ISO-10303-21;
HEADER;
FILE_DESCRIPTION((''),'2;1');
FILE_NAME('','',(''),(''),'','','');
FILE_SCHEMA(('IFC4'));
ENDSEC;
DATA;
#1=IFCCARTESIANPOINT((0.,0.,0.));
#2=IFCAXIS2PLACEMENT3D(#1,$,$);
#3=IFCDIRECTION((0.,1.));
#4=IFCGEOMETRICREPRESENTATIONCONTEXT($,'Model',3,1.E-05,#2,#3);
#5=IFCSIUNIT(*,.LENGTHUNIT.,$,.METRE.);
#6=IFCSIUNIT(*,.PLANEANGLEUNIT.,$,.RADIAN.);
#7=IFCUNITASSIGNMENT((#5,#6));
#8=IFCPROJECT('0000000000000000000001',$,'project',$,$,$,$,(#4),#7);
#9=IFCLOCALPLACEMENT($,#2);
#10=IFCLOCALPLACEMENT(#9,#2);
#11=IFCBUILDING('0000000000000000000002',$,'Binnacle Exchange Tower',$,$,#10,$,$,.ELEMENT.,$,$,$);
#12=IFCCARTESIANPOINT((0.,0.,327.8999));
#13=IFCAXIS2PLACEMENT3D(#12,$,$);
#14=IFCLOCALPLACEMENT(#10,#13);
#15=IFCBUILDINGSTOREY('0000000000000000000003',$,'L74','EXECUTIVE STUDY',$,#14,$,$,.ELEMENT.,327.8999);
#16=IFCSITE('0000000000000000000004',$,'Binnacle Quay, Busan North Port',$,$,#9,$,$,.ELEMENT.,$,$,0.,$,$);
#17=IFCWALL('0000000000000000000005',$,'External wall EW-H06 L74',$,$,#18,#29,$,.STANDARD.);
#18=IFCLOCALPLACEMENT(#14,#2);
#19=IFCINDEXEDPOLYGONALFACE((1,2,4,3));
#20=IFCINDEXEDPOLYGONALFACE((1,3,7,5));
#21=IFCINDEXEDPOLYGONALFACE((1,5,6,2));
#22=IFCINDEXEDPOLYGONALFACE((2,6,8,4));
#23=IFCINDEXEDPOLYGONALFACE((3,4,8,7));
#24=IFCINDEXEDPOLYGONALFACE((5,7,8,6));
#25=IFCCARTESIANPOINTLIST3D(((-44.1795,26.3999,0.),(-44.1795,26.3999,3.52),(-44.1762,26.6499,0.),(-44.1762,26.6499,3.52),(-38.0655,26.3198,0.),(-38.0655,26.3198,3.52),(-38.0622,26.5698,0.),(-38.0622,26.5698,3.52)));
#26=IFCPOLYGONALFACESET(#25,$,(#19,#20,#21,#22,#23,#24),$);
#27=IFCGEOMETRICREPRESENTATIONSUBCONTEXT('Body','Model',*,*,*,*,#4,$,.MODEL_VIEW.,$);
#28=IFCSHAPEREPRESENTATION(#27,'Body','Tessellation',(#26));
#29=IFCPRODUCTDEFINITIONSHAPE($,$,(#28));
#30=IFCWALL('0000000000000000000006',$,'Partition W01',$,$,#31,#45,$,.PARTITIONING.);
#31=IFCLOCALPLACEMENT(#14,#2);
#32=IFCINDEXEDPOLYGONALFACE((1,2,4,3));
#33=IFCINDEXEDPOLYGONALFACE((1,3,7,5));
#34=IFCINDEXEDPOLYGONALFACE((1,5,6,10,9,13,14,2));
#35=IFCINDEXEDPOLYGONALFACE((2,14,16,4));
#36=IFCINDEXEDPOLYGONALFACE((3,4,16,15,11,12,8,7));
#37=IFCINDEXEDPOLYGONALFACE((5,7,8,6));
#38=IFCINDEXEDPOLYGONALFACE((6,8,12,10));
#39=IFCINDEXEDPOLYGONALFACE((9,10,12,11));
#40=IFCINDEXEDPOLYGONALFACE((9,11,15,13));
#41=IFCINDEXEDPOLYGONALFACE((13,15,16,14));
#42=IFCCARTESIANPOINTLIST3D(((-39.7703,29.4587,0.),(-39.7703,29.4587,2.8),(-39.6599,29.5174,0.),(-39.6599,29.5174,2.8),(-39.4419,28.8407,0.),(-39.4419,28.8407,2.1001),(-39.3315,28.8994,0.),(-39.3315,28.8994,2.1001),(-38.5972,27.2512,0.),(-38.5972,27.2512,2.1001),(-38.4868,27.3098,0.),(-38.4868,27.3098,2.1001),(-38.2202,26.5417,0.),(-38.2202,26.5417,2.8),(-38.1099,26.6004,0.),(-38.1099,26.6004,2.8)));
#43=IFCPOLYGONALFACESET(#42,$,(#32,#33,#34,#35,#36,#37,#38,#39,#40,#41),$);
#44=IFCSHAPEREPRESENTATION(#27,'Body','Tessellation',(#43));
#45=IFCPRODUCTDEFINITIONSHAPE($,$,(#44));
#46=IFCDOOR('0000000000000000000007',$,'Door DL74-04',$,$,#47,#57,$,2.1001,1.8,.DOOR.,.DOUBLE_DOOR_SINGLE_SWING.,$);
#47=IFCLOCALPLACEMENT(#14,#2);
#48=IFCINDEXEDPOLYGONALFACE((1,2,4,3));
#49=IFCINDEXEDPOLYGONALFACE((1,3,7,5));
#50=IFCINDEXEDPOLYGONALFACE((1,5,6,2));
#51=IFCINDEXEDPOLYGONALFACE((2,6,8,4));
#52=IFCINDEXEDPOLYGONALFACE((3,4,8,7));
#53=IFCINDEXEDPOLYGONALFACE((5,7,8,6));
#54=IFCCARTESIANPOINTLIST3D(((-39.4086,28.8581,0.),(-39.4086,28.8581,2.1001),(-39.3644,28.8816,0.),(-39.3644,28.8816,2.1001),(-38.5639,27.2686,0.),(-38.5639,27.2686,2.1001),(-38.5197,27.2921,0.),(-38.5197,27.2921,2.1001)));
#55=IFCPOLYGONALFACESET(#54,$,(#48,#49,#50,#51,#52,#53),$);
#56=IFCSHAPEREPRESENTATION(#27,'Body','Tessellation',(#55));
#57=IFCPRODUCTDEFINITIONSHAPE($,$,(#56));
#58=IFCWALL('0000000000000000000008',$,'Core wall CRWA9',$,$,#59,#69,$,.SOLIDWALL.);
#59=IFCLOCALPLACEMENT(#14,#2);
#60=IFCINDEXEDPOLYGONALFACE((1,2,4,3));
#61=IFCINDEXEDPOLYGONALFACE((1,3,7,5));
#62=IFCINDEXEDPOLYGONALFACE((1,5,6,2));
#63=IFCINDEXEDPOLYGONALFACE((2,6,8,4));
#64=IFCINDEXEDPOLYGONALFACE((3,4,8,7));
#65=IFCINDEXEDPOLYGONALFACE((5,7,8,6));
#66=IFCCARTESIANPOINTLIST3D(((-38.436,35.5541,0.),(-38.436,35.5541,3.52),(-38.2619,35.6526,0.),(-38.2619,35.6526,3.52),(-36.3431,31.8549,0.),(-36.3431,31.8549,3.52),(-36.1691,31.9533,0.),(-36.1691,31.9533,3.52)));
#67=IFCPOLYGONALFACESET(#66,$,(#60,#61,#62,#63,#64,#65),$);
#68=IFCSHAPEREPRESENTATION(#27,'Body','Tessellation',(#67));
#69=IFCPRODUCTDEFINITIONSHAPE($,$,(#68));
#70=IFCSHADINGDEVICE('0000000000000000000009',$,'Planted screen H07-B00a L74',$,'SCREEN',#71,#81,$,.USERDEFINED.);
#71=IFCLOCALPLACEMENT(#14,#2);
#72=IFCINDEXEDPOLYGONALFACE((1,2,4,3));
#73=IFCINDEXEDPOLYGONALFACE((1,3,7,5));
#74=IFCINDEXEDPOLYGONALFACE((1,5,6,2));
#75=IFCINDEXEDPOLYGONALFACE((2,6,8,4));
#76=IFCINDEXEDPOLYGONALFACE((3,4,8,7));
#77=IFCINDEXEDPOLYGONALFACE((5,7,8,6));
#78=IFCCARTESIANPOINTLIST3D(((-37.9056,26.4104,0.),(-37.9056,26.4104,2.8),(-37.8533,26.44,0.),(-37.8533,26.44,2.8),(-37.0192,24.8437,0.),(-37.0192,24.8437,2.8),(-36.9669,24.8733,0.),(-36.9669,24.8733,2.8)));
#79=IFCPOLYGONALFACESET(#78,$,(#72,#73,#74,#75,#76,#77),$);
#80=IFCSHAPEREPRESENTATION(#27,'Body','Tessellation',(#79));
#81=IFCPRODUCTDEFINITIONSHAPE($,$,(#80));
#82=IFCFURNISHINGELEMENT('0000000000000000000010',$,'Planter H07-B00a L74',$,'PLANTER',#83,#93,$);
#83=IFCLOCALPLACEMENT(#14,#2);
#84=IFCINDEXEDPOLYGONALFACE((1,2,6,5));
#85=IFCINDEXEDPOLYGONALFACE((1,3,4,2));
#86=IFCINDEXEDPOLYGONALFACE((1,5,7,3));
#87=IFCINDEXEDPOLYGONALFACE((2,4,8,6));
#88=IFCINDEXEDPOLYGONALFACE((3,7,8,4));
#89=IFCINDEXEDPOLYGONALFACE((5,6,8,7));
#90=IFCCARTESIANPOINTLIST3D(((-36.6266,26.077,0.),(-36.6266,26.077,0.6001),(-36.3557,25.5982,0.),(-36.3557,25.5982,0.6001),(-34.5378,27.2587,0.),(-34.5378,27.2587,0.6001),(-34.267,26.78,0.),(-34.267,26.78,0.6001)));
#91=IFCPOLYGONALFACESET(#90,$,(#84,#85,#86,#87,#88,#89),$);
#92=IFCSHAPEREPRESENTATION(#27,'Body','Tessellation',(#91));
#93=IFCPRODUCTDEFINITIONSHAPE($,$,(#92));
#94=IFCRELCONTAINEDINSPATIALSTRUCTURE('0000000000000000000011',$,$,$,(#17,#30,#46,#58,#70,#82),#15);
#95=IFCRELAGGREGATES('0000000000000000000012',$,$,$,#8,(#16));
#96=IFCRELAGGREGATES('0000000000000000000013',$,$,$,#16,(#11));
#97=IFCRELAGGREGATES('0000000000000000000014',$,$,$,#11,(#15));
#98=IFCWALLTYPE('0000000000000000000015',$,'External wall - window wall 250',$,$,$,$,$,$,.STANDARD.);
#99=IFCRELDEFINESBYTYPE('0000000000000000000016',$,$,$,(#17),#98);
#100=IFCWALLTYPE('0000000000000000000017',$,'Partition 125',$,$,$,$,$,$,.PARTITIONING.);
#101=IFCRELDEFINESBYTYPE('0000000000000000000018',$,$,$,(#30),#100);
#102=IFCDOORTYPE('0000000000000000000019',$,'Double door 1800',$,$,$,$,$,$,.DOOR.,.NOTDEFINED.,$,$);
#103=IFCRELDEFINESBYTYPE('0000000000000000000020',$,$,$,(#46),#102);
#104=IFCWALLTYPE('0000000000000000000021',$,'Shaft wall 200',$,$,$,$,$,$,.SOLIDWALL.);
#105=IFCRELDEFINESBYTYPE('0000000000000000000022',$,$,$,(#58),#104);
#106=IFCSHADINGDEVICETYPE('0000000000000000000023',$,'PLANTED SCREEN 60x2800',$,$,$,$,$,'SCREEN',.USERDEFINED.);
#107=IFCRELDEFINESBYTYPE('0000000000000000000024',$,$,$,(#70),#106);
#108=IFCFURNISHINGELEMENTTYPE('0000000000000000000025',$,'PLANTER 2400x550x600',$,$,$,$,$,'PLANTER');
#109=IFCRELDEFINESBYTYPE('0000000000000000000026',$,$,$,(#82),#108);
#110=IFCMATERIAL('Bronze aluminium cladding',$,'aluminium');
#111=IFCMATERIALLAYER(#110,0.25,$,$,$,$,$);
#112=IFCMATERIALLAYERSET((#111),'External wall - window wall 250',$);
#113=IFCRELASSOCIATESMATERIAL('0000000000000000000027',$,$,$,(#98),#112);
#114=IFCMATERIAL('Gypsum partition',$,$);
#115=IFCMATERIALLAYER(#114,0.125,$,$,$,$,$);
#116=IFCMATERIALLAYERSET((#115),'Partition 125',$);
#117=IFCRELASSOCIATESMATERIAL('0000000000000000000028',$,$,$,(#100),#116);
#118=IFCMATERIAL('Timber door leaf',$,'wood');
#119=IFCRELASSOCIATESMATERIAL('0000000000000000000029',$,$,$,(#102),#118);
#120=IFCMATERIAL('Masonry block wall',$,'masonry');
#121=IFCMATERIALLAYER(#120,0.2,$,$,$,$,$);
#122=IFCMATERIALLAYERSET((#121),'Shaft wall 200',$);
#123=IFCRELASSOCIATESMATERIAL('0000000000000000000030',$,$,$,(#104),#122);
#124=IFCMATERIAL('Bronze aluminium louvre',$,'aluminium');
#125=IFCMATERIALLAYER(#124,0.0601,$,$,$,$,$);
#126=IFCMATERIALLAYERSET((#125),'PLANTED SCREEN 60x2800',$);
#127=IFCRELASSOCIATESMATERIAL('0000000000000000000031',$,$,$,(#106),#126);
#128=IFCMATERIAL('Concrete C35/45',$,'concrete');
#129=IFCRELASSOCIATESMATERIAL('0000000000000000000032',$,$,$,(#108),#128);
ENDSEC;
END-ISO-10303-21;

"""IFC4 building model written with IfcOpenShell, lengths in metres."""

from ifc_helpers import new_model, si_unit, direction, frame, frame_2d, origin, origin_2d, place, context, subcontext, project, spatial, rectangle, extrude, material, layer, layer_set, type_object, element, fill, save


model = new_model("IFC4")

# Units and contexts
model_context = context("Model", 3, precision=1e-05, world=origin(), true_north=direction((0.0, 1.0)))
body_context = subcontext(model_context, "Body", "Model", "MODEL_VIEW")
ifc_project = project(units=[si_unit("LENGTHUNIT", "METRE"), si_unit("PLANEANGLEUNIT", "RADIAN")], contexts=[model_context])

# Site, building, storey
site_placement = place(None, origin())
site = spatial("IfcSite", under=ifc_project, at=site_placement, Name="Binnacle Quay, Busan North Port", CompositionType="ELEMENT", RefElevation=0.0)
building_placement = place(site_placement, origin())
building = spatial("IfcBuilding", under=site, at=building_placement, Name="Binnacle Exchange Tower", CompositionType="ELEMENT")
storey_placement = place(building_placement, frame((0.0, 0.0, 327.8999)))
storey = spatial("IfcBuildingStorey", under=building, at=storey_placement, Name="L74", Description="EXECUTIVE STUDY", CompositionType="ELEMENT", Elevation=327.8999)

# Shared definitions
ifc_material_1 = material(Name="Bronze aluminium cladding", Category="aluminium")
ifc_layer_1 = layer(ifc_material_1, 0.25)
ifc_layer_set_1 = layer_set([ifc_layer_1], Name="External wall - window wall 250")
wall_type_1 = type_object("IfcWallType", Name="External wall - window wall 250", PredefinedType="STANDARD", material=ifc_layer_set_1)

# Wall
wall_1_placement = place(storey_placement, frame((-38.064, 26.4448, 0.0), z_axis=(0.0, 0.0, 1.0), x_axis=(-0.999914, 0.013096, 0.0)))
element("IfcWall", 1, at=wall_1_placement, inside=storey, type_object=wall_type_1, Name="External wall EW-H06 L74", PredefinedType="STANDARD", context=body_context, shape_type="SweptSolid", body=[
    extrude(rectangle(XDim=6.1145, YDim=0.25, at=frame_2d((3.0571, 0.0))), origin(), (0.0, 0.0, 1.0), 3.52),
])

# Wall, opening, door
ifc_material_2 = material(Name="Gypsum partition")
ifc_layer_2 = layer(ifc_material_2, 0.125)
ifc_layer_set_2 = layer_set([ifc_layer_2], Name="Partition 125")
wall_type_2 = type_object("IfcWallType", Name="Partition 125", PredefinedType="PARTITIONING", material=ifc_layer_set_2)
wall_2_placement = place(storey_placement, frame((-39.7151, 29.488, 0.0), z_axis=(0.0, 0.0, 1.0), x_axis=(0.469249, -0.883066, 0.0)))
wall_2 = element("IfcWall", 2, at=wall_2_placement, inside=storey, type_object=wall_type_2, Name="Partition W01", PredefinedType="PARTITIONING", context=body_context, shape_type="SweptSolid", body=[
    extrude(rectangle(XDim=3.3032, YDim=0.125, at=frame_2d((1.6516, 0.0))), origin(), (0.0, 0.0, 1.0), 2.8),
])
opening_1_placement = place(wall_2_placement, frame((0.7, 0.0, 0.0)))
opening_1 = element("IfcOpeningElement", 3, at=opening_1_placement, cuts=wall_2, PredefinedType="OPENING", context=body_context, shape_type="SweptSolid", body=[
    extrude(rectangle(XDim=1.8, YDim=2.1001, at=frame_2d((0.8999, 1.05))), frame((0.0, 0.0725, 0.0), z_axis=(0.0, -1.0, 0.0), x_axis=(1.0, 0.0, 0.0)), (0.0, 0.0, 1.0), 0.145),
])
ifc_material_3 = material(Name="Timber door leaf", Category="wood")
door_type_1 = type_object("IfcDoorType", Name="Double door 1800", OperationType="NOTDEFINED", PredefinedType="DOOR", material=ifc_material_3)
door_1_placement = place(opening_1_placement, frame((1.8, 0.0, 0.0), z_axis=(0.0, 0.0, 1.0), x_axis=(-1.0, 0.0, 0.0)))
door_1 = element("IfcDoor", 4, at=door_1_placement, inside=storey, type_object=door_type_1, Name="Door DL74-04", OperationType="DOUBLE_DOOR_SINGLE_SWING", OverallHeight=2.1001, OverallWidth=1.8, PredefinedType="DOOR", context=body_context, shape_type="SweptSolid", body=[
    extrude(rectangle(XDim=1.8, YDim=2.1001, at=frame_2d((0.8999, 1.05))), frame((0.0, 0.0249, 0.0), z_axis=(0.0, -1.0, 0.0), x_axis=(1.0, 0.0, 0.0)), (0.0, 0.0, 1.0), 0.05),
])
fill(opening_1, door_1)

# Wall
ifc_material_4 = material(Name="Masonry block wall", Category="masonry")
ifc_layer_3 = layer(ifc_material_4, 0.2)
ifc_layer_set_3 = layer_set([ifc_layer_3], Name="Shaft wall 200")
wall_type_3 = type_object("IfcWallType", Name="Shaft wall 200", PredefinedType="SOLIDWALL", material=ifc_layer_set_3)
wall_3_placement = place(storey_placement, frame((-38.3489, 35.6033, 0.0), z_axis=(0.0, 0.0, 1.0), x_axis=(0.492398, -0.87037, 0.0)))
element("IfcWall", 5, at=wall_3_placement, inside=storey, type_object=wall_type_3, Name="Core wall CRWA9", PredefinedType="SOLIDWALL", context=body_context, shape_type="SweptSolid", body=[
    extrude(rectangle(XDim=4.2502, YDim=0.2, at=frame_2d((2.125, 0.0))), origin(), (0.0, 0.0, 1.0), 3.52),
])

# Shading device
ifc_material_5 = material(Name="Bronze aluminium louvre", Category="aluminium")
ifc_layer_4 = layer(ifc_material_5, 0.0601)
ifc_layer_set_4 = layer_set([ifc_layer_4], Name="PLANTED SCREEN 60x2800")
shading_device_type = type_object("IfcShadingDeviceType", Name="PLANTED SCREEN 60x2800", ElementType="SCREEN", PredefinedType="USERDEFINED", material=ifc_layer_set_4)
shading_device_placement = place(storey_placement, frame((-37.4363, 25.6418, 0.0), z_axis=(0.0, 0.0, 1.0), x_axis=(0.870356, 0.492424, 0.0)))
element("IfcShadingDevice", 6, at=shading_device_placement, inside=storey, type_object=shading_device_type, Name="Planted screen H07-B00a L74", ObjectType="SCREEN", PredefinedType="USERDEFINED", context=body_context, shape_type="SweptSolid", body=[
    extrude(rectangle(XDim=0.0601, YDim=1.8, at=origin_2d()), origin(), (0.0, 0.0, 1.0), 2.8),
])

# Furnishing element
ifc_material_6 = material(Name="Concrete C35/45", Category="concrete")
furnishing_element_type = type_object("IfcFurnishingElementType", Name="PLANTER 2400x550x600", ElementType="PLANTER", material=ifc_material_6)
furnishing_placement = place(storey_placement, frame((-35.4468, 26.4285, 0.0), z_axis=(0.0, 0.0, 1.0), x_axis=(0.870356, 0.492424, 0.0)))
element("IfcFurnishingElement", 7, at=furnishing_placement, inside=storey, type_object=furnishing_element_type, Name="Planter H07-B00a L74", ObjectType="PLANTER", context=body_context, shape_type="SweptSolid", body=[
    extrude(rectangle(XDim=2.3999, YDim=0.55, at=origin_2d()), origin(), (0.0, 0.0, 1.0), 0.6001),
])

save(model, "model.ifc")
